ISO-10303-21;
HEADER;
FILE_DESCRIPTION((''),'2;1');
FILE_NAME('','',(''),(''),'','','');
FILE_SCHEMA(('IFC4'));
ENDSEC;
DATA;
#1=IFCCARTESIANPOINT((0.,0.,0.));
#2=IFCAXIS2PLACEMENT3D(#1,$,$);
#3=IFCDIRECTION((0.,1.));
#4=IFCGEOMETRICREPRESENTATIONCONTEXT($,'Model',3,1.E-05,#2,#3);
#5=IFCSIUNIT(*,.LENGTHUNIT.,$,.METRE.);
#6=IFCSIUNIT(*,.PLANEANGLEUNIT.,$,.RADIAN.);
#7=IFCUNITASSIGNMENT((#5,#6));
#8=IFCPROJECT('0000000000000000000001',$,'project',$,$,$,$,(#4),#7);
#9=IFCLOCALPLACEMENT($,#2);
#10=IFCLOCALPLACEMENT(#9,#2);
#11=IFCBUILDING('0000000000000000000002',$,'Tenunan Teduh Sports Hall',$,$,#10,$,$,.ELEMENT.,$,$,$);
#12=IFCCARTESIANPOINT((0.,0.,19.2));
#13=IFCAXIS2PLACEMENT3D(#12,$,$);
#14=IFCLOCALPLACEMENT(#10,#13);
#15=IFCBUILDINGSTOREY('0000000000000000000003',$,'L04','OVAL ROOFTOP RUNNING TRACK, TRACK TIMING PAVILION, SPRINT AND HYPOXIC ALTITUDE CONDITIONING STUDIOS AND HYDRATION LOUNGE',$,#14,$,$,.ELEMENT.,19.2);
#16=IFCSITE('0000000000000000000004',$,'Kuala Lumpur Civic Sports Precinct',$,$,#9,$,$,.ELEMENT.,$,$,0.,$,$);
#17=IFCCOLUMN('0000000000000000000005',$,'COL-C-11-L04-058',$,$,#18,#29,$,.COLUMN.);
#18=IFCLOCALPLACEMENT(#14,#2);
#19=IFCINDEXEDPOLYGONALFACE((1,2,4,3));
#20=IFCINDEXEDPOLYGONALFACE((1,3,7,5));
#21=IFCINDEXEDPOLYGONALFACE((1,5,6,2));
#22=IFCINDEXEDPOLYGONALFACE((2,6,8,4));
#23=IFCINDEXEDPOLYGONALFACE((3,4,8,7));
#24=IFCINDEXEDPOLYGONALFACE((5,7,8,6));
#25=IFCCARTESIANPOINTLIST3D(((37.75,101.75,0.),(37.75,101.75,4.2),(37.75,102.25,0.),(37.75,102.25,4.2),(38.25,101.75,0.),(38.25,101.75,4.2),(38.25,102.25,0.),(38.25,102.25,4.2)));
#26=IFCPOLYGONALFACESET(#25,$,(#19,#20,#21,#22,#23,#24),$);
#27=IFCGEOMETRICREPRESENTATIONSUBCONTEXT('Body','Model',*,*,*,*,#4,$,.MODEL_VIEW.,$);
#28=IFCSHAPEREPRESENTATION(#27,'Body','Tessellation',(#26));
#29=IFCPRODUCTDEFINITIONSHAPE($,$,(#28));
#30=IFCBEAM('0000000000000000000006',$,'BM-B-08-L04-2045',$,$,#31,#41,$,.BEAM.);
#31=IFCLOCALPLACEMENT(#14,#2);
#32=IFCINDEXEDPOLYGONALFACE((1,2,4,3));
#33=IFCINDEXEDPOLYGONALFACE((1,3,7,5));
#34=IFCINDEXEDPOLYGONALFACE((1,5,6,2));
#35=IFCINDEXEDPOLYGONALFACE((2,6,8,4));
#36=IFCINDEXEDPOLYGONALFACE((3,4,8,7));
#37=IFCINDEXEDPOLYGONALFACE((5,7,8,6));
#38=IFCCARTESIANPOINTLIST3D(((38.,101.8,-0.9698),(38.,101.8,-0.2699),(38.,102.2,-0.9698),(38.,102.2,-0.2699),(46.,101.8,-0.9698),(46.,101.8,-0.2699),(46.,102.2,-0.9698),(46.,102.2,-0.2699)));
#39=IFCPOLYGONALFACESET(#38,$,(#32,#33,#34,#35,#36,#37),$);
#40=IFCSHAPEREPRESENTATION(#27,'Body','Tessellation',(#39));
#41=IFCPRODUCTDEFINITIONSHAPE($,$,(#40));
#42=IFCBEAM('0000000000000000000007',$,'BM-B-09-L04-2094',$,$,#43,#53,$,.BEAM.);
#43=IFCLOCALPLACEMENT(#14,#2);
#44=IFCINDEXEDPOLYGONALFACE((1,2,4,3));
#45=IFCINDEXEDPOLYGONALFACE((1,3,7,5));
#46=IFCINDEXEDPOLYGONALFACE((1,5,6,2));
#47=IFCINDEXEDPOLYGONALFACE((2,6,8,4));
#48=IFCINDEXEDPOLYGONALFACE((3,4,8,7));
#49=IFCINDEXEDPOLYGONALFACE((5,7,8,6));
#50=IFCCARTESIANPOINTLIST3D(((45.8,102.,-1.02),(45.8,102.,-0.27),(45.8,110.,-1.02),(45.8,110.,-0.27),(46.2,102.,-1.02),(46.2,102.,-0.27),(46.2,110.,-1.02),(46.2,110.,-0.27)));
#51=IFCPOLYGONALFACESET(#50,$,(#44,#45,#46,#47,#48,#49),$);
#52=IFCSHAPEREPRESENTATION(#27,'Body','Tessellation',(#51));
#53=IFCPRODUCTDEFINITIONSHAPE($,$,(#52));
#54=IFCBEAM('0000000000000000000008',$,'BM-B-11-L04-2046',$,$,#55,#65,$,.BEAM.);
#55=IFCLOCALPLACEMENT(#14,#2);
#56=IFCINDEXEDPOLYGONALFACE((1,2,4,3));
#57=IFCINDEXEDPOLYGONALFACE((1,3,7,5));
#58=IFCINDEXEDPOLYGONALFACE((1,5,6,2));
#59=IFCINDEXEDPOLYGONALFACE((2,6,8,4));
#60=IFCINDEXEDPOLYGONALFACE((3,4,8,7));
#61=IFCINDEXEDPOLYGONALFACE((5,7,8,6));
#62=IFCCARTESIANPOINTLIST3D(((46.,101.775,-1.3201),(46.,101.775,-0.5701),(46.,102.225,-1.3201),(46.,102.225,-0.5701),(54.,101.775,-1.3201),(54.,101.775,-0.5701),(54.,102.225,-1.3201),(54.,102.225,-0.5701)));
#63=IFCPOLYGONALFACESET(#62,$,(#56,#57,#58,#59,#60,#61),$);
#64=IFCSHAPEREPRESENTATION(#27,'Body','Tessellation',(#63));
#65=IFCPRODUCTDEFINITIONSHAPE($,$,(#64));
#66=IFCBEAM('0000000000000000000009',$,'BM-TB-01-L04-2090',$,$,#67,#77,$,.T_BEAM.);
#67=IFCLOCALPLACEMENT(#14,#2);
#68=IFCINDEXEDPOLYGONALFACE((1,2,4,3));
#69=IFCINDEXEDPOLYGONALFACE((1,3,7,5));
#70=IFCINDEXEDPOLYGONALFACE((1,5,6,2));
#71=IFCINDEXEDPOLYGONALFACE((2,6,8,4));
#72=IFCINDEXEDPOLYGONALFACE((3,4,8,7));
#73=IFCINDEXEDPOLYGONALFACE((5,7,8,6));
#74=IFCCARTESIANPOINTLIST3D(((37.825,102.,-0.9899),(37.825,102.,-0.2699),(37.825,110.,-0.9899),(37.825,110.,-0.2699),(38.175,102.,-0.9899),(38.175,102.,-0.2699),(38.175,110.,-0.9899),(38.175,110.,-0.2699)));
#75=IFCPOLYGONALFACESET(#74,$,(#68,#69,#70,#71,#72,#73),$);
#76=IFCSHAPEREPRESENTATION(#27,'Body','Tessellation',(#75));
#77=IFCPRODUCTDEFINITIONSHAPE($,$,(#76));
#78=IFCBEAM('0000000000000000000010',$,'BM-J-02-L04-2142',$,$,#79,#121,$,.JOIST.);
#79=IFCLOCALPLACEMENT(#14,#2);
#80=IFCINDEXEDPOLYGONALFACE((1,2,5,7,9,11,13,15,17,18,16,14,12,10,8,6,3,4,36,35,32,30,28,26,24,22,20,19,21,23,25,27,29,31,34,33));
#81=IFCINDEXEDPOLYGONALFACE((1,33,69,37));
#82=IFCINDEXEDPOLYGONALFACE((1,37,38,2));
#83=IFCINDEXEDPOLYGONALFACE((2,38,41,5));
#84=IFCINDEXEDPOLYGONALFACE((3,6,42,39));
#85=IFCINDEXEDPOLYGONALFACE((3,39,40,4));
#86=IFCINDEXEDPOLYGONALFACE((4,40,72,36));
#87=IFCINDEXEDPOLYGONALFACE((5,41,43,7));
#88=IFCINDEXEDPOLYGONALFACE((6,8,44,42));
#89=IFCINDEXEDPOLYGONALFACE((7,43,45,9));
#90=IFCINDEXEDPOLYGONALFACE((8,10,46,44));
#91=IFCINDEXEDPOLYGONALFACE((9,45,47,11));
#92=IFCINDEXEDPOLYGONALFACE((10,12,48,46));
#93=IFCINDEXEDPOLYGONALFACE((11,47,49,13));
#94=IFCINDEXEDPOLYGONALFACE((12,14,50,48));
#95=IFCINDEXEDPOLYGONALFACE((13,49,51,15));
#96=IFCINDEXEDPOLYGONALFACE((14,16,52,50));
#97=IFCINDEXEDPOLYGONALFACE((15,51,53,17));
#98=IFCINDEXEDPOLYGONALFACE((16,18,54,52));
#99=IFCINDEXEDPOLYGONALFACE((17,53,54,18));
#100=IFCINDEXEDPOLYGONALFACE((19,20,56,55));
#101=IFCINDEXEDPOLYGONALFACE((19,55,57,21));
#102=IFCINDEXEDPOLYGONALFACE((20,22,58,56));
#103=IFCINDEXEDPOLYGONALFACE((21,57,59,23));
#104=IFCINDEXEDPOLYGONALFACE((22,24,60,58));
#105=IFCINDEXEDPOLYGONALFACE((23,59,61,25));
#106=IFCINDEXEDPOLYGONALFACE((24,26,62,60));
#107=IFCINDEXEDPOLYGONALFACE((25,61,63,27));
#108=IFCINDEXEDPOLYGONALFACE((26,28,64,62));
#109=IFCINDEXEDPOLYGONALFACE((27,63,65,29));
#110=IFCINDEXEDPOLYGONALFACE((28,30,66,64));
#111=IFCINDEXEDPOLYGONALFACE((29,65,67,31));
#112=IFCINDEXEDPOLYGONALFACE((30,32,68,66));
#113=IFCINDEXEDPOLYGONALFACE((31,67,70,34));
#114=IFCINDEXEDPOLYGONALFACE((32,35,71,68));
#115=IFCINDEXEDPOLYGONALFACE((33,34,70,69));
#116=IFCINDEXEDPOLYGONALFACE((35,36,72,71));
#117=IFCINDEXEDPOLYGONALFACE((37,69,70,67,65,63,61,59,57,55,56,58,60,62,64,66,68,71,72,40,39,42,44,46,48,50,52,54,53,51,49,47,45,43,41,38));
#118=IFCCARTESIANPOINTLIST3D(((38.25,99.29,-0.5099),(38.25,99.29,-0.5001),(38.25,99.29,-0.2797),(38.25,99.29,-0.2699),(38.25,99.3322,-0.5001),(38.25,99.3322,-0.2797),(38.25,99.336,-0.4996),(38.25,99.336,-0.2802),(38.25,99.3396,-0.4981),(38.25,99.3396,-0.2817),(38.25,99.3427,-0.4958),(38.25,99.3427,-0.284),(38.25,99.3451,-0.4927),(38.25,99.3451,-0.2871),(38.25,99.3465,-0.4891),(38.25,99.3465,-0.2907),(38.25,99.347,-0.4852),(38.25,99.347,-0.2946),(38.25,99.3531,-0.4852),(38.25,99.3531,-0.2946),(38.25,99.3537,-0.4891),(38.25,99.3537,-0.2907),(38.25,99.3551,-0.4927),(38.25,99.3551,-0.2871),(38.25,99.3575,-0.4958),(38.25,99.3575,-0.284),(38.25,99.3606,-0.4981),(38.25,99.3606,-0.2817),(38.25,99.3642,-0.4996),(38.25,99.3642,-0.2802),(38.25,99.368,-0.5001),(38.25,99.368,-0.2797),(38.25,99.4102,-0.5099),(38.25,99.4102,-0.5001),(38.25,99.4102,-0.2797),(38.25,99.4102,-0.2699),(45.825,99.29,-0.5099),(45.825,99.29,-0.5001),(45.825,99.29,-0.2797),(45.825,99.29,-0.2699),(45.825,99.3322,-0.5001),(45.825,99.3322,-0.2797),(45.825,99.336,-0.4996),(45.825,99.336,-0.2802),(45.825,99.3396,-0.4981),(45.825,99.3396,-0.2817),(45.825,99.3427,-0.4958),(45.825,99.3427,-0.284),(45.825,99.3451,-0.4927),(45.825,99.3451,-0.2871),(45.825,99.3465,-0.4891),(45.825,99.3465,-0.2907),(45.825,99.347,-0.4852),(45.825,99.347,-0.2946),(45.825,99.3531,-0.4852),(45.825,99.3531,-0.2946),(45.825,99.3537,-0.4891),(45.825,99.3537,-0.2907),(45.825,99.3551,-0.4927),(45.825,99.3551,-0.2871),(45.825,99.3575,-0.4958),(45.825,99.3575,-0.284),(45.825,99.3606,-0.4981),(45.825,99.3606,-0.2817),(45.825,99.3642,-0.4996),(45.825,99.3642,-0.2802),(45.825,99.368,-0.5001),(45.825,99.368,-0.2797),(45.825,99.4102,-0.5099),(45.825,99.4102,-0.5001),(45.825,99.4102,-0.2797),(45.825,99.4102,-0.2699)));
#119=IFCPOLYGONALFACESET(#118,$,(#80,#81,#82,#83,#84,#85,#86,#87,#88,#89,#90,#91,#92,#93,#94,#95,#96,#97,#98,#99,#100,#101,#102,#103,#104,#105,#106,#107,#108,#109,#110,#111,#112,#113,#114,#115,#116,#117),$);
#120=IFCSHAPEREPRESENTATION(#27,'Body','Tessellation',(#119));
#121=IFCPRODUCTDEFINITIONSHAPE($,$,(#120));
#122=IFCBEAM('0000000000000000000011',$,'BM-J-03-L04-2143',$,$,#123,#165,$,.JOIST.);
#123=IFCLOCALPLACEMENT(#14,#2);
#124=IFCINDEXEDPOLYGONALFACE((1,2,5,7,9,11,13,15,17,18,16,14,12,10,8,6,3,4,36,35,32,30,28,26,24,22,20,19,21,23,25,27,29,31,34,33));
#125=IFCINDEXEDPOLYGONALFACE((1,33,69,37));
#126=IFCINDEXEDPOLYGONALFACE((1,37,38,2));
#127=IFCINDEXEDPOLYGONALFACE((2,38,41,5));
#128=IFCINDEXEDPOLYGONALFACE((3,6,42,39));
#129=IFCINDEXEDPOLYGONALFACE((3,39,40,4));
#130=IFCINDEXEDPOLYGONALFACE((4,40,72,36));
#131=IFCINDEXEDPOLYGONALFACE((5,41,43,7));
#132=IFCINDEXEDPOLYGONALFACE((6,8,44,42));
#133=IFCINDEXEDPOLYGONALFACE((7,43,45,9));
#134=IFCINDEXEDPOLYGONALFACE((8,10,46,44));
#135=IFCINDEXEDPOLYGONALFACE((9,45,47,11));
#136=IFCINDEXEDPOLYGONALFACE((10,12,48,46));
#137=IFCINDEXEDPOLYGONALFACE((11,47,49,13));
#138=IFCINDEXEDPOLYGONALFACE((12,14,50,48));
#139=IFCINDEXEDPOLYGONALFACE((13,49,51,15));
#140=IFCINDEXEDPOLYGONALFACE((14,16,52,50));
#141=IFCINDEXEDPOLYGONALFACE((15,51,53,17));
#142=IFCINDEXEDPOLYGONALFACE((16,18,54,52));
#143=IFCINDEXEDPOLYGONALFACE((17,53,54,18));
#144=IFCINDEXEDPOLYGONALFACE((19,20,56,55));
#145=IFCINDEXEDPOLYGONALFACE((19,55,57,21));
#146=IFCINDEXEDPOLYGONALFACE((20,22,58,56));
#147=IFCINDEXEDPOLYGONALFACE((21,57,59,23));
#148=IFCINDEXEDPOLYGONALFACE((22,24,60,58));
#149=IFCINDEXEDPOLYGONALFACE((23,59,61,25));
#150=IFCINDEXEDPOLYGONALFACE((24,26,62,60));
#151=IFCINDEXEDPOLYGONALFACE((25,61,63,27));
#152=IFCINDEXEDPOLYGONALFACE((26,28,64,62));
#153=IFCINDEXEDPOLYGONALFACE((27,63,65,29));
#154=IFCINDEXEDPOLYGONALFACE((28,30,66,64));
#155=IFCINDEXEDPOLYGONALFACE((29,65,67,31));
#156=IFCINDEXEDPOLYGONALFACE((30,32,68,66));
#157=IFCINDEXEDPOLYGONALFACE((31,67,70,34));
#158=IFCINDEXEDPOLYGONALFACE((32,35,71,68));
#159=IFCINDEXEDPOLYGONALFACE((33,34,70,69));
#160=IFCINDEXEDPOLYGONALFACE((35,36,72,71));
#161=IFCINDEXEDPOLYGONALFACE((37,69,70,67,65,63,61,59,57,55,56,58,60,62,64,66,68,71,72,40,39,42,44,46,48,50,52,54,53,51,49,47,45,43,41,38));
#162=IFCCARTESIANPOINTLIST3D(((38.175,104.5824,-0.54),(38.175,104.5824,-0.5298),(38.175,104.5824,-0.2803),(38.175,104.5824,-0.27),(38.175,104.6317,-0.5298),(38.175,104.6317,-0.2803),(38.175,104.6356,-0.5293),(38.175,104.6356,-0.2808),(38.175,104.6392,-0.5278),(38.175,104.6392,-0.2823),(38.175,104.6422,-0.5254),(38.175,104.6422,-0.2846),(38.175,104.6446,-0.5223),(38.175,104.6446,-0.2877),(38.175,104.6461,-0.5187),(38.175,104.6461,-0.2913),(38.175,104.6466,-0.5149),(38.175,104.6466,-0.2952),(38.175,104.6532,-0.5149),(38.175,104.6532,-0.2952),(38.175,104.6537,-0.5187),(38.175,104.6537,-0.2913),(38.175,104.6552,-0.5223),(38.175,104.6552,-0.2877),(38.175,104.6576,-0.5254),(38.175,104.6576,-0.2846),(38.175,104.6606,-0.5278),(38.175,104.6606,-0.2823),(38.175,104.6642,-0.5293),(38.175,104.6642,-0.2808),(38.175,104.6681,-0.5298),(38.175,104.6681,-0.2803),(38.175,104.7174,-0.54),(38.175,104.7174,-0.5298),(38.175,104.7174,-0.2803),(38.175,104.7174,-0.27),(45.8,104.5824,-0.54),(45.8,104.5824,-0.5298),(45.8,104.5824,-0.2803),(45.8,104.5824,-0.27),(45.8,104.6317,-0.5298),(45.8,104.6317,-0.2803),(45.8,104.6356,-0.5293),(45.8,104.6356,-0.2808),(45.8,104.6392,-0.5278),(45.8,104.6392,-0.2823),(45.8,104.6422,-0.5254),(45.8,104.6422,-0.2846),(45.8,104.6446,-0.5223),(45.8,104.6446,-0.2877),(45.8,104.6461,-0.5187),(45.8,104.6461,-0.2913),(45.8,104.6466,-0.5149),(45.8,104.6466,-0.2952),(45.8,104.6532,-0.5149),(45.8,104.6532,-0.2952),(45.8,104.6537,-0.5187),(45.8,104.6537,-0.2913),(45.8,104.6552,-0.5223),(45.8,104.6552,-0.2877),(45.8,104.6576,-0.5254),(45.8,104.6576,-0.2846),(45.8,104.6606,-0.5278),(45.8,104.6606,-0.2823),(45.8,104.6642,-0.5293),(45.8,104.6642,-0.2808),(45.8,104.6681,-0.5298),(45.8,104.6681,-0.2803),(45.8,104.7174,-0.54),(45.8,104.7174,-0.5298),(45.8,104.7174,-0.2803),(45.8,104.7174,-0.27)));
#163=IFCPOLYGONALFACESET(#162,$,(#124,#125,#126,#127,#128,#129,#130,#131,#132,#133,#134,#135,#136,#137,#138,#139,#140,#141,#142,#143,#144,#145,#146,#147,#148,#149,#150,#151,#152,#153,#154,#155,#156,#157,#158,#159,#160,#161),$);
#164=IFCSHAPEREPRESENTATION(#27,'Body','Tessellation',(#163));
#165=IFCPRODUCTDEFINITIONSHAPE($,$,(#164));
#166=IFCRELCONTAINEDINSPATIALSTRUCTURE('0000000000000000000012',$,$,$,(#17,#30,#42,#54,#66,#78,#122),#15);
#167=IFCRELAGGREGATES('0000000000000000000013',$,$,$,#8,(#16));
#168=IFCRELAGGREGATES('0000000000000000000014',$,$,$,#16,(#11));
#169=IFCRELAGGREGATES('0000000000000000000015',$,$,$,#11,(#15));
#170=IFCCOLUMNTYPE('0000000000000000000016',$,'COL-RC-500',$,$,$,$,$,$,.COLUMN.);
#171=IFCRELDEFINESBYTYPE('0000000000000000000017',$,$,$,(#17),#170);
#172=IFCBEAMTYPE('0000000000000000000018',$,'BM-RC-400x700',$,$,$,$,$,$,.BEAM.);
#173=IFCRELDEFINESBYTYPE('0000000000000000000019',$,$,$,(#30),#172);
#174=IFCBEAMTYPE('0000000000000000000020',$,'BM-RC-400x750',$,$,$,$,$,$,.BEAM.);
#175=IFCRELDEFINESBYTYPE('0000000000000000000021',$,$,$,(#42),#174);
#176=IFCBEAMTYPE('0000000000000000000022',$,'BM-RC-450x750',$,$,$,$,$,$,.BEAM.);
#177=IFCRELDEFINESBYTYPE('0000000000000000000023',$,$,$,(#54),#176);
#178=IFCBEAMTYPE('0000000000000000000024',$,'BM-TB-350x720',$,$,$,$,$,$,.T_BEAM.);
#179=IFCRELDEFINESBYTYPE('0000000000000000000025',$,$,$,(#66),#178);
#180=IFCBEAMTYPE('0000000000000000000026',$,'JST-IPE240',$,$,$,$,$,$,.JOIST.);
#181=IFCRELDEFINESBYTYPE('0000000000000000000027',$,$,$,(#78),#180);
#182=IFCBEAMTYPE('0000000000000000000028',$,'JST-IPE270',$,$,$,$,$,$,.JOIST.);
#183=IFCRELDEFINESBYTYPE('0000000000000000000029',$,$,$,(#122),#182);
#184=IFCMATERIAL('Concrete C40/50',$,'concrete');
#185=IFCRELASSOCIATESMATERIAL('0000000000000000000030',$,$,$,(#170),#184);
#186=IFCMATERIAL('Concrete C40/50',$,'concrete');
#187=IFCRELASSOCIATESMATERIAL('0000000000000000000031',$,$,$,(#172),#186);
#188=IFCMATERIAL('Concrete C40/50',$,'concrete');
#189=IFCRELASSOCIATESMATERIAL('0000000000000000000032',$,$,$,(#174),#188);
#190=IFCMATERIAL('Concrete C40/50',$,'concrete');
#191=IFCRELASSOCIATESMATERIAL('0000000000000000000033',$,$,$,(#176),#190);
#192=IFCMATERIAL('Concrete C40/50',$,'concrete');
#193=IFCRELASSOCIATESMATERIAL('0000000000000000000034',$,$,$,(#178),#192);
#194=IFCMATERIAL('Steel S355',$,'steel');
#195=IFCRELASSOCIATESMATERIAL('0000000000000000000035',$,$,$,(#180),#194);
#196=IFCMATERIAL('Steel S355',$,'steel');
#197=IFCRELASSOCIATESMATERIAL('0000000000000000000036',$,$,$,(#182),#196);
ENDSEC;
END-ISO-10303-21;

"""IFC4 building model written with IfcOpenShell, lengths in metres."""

from ifc_helpers import new_model, si_unit, direction, frame, origin, origin_2d, place, context, subcontext, project, spatial, rectangle, i_section, extrude, material, material_profile, profile_set, type_object, element, save


model = new_model("IFC4")

# Units and contexts
model_context = context("Model", 3, precision=1e-05, world=origin(), true_north=direction((0.0, 1.0)))
body_context = subcontext(model_context, "Body", "Model", "MODEL_VIEW")
ifc_project = project(units=[si_unit("LENGTHUNIT", "METRE"), si_unit("PLANEANGLEUNIT", "RADIAN")], contexts=[model_context])

# Site, building, storey
site_placement = place(None, origin())
site = spatial("IfcSite", under=ifc_project, at=site_placement, Name="Kuala Lumpur Civic Sports Precinct", CompositionType="ELEMENT", RefElevation=0.0)
building_placement = place(site_placement, origin())
building = spatial("IfcBuilding", under=site, at=building_placement, Name="Tenunan Teduh Sports Hall", CompositionType="ELEMENT")
storey_placement = place(building_placement, frame((0.0, 0.0, 19.2)))
storey = spatial("IfcBuildingStorey", under=building, at=storey_placement, Name="L04", Description="OVAL ROOFTOP RUNNING TRACK, TRACK TIMING PAVILION, SPRINT AND HYPOXIC ALTITUDE CONDITIONING STUDIOS AND HYDRATION LOUNGE", CompositionType="ELEMENT", Elevation=19.2)

# Column
ifc_material_1 = material(Name="Concrete C40/50", Category="concrete")
ifc_material_profile_1 = material_profile(ifc_material_1, rectangle(XDim=0.5, YDim=0.5, at=origin_2d()), Name="RC 500x500")
ifc_profile_set_1 = profile_set([ifc_material_profile_1], Name="Concrete C40/50")
column_type = type_object("IfcColumnType", Name="COL-RC-500", PredefinedType="COLUMN", material=ifc_profile_set_1)
column_placement = place(storey_placement, frame((38.0, 102.0, 0.0), z_axis=(0.0, 0.0, 1.0), x_axis=(1.0, 0.0, 0.0)))
element("IfcColumn", 1, at=column_placement, inside=storey, type_object=column_type, Name="COL-C-11-L04-058", PredefinedType="COLUMN", context=body_context, shape_type="SweptSolid", body=[
    extrude(rectangle(XDim=0.5, YDim=0.5, at=origin_2d()), origin(), (0.0, 0.0, 1.0), 4.2),
])

# Beams
ifc_material_2 = material(Name="Concrete C40/50", Category="concrete")
ifc_material_profile_2 = material_profile(ifc_material_2, rectangle(XDim=0.3999, YDim=0.7, at=origin_2d()), Name="RCB 400x700")
ifc_profile_set_2 = profile_set([ifc_material_profile_2], Name="Concrete C40/50")
beam_type_1 = type_object("IfcBeamType", Name="BM-RC-400x700", PredefinedType="BEAM", material=ifc_profile_set_2)
beam_1_placement = place(storey_placement, frame((38.0, 102.0, -0.6199), z_axis=(1.0, 0.0, 0.0), x_axis=(0.0, 1.0, 0.0)))
element("IfcBeam", 2, at=beam_1_placement, inside=storey, type_object=beam_type_1, Name="BM-B-08-L04-2045", PredefinedType="BEAM", context=body_context, shape_type="SweptSolid", body=[
    extrude(rectangle(XDim=0.3999, YDim=0.7, at=origin_2d()), origin(), (0.0, 0.0, 1.0), 8.0),
])
ifc_material_3 = material(Name="Concrete C40/50", Category="concrete")
ifc_material_profile_3 = material_profile(ifc_material_3, rectangle(XDim=0.3999, YDim=0.75, at=origin_2d()), Name="RCB 400x750")
ifc_profile_set_3 = profile_set([ifc_material_profile_3], Name="Concrete C40/50")
beam_type_2 = type_object("IfcBeamType", Name="BM-RC-400x750", PredefinedType="BEAM", material=ifc_profile_set_3)
beam_2_placement = place(storey_placement, frame((46.0, 102.0, -0.645), z_axis=(0.0, 1.0, 0.0), x_axis=(-1.0, 0.0, 0.0)))
element("IfcBeam", 3, at=beam_2_placement, inside=storey, type_object=beam_type_2, Name="BM-B-09-L04-2094", PredefinedType="BEAM", context=body_context, shape_type="SweptSolid", body=[
    extrude(rectangle(XDim=0.3999, YDim=0.75, at=origin_2d()), origin(), (0.0, 0.0, 1.0), 8.0),
])
ifc_material_4 = material(Name="Concrete C40/50", Category="concrete")
ifc_material_profile_4 = material_profile(ifc_material_4, rectangle(XDim=0.45, YDim=0.75, at=origin_2d()), Name="RCB 450x750")
ifc_profile_set_4 = profile_set([ifc_material_profile_4], Name="Concrete C40/50")
beam_type_3 = type_object("IfcBeamType", Name="BM-RC-450x750", PredefinedType="BEAM", material=ifc_profile_set_4)
beam_3_placement = place(storey_placement, frame((46.0, 102.0, -0.9451), z_axis=(1.0, 0.0, 0.0), x_axis=(0.0, 1.0, 0.0)))
element("IfcBeam", 4, at=beam_3_placement, inside=storey, type_object=beam_type_3, Name="BM-B-11-L04-2046", PredefinedType="BEAM", context=body_context, shape_type="SweptSolid", body=[
    extrude(rectangle(XDim=0.45, YDim=0.75, at=origin_2d()), origin(), (0.0, 0.0, 1.0), 8.0),
])
ifc_material_5 = material(Name="Concrete C40/50", Category="concrete")
ifc_material_profile_5 = material_profile(ifc_material_5, rectangle(XDim=0.3501, YDim=0.72, at=origin_2d()), Name="TB 350x720")
ifc_profile_set_5 = profile_set([ifc_material_profile_5], Name="Concrete C40/50")
beam_type_4 = type_object("IfcBeamType", Name="BM-TB-350x720", PredefinedType="T_BEAM", material=ifc_profile_set_5)
beam_4_placement = place(storey_placement, frame((38.0, 102.0, -0.6299), z_axis=(0.0, 1.0, 0.0), x_axis=(-1.0, 0.0, 0.0)))
element("IfcBeam", 5, at=beam_4_placement, inside=storey, type_object=beam_type_4, Name="BM-TB-01-L04-2090", PredefinedType="T_BEAM", context=body_context, shape_type="SweptSolid", body=[
    extrude(rectangle(XDim=0.3501, YDim=0.72, at=origin_2d()), origin(), (0.0, 0.0, 1.0), 8.0),
])
ifc_material_6 = material(Name="Steel S355", Category="steel")
ifc_material_profile_6 = material_profile(ifc_material_6, i_section(OverallWidth=0.1201, OverallDepth=0.24, WebThickness=0.0061, FlangeThickness=0.0098, FilletRadius=0.0149, at=origin_2d()), Name="IPE 240")
ifc_profile_set_6 = profile_set([ifc_material_profile_6], Name="Steel S355")
beam_type_5 = type_object("IfcBeamType", Name="JST-IPE240", PredefinedType="JOIST", material=ifc_profile_set_6)
beam_5_placement = place(storey_placement, frame((38.25, 99.3501, -0.3899), z_axis=(1.0, 0.0, 0.0), x_axis=(0.0, 1.0, 0.0)))
element("IfcBeam", 6, at=beam_5_placement, inside=storey, type_object=beam_type_5, Name="BM-J-02-L04-2142", PredefinedType="JOIST", context=body_context, shape_type="SweptSolid", body=[
    extrude(i_section(OverallWidth=0.1201, OverallDepth=0.24, WebThickness=0.0061, FlangeThickness=0.0098, FilletRadius=0.0149, at=origin_2d()), origin(), (0.0, 0.0, 1.0), 7.575),
])
ifc_material_7 = material(Name="Steel S355", Category="steel")
ifc_material_profile_7 = material_profile(ifc_material_7, i_section(OverallWidth=0.135, OverallDepth=0.27, WebThickness=0.0066, FlangeThickness=0.0103, FilletRadius=0.0149, at=origin_2d()), Name="IPE 270")
ifc_profile_set_7 = profile_set([ifc_material_profile_7], Name="Steel S355")
beam_type_6 = type_object("IfcBeamType", Name="JST-IPE270", PredefinedType="JOIST", material=ifc_profile_set_7)
beam_6_placement = place(storey_placement, frame((38.175, 104.6499, -0.405), z_axis=(1.0, 0.0, 0.0), x_axis=(0.0, 1.0, 0.0)))
element("IfcBeam", 7, at=beam_6_placement, inside=storey, type_object=beam_type_6, Name="BM-J-03-L04-2143", PredefinedType="JOIST", context=body_context, shape_type="SweptSolid", body=[
    extrude(i_section(OverallWidth=0.135, OverallDepth=0.27, WebThickness=0.0066, FlangeThickness=0.0103, FilletRadius=0.0149, at=origin_2d()), origin(), (0.0, 0.0, 1.0), 7.625),
])

save(model, "model.ifc")
